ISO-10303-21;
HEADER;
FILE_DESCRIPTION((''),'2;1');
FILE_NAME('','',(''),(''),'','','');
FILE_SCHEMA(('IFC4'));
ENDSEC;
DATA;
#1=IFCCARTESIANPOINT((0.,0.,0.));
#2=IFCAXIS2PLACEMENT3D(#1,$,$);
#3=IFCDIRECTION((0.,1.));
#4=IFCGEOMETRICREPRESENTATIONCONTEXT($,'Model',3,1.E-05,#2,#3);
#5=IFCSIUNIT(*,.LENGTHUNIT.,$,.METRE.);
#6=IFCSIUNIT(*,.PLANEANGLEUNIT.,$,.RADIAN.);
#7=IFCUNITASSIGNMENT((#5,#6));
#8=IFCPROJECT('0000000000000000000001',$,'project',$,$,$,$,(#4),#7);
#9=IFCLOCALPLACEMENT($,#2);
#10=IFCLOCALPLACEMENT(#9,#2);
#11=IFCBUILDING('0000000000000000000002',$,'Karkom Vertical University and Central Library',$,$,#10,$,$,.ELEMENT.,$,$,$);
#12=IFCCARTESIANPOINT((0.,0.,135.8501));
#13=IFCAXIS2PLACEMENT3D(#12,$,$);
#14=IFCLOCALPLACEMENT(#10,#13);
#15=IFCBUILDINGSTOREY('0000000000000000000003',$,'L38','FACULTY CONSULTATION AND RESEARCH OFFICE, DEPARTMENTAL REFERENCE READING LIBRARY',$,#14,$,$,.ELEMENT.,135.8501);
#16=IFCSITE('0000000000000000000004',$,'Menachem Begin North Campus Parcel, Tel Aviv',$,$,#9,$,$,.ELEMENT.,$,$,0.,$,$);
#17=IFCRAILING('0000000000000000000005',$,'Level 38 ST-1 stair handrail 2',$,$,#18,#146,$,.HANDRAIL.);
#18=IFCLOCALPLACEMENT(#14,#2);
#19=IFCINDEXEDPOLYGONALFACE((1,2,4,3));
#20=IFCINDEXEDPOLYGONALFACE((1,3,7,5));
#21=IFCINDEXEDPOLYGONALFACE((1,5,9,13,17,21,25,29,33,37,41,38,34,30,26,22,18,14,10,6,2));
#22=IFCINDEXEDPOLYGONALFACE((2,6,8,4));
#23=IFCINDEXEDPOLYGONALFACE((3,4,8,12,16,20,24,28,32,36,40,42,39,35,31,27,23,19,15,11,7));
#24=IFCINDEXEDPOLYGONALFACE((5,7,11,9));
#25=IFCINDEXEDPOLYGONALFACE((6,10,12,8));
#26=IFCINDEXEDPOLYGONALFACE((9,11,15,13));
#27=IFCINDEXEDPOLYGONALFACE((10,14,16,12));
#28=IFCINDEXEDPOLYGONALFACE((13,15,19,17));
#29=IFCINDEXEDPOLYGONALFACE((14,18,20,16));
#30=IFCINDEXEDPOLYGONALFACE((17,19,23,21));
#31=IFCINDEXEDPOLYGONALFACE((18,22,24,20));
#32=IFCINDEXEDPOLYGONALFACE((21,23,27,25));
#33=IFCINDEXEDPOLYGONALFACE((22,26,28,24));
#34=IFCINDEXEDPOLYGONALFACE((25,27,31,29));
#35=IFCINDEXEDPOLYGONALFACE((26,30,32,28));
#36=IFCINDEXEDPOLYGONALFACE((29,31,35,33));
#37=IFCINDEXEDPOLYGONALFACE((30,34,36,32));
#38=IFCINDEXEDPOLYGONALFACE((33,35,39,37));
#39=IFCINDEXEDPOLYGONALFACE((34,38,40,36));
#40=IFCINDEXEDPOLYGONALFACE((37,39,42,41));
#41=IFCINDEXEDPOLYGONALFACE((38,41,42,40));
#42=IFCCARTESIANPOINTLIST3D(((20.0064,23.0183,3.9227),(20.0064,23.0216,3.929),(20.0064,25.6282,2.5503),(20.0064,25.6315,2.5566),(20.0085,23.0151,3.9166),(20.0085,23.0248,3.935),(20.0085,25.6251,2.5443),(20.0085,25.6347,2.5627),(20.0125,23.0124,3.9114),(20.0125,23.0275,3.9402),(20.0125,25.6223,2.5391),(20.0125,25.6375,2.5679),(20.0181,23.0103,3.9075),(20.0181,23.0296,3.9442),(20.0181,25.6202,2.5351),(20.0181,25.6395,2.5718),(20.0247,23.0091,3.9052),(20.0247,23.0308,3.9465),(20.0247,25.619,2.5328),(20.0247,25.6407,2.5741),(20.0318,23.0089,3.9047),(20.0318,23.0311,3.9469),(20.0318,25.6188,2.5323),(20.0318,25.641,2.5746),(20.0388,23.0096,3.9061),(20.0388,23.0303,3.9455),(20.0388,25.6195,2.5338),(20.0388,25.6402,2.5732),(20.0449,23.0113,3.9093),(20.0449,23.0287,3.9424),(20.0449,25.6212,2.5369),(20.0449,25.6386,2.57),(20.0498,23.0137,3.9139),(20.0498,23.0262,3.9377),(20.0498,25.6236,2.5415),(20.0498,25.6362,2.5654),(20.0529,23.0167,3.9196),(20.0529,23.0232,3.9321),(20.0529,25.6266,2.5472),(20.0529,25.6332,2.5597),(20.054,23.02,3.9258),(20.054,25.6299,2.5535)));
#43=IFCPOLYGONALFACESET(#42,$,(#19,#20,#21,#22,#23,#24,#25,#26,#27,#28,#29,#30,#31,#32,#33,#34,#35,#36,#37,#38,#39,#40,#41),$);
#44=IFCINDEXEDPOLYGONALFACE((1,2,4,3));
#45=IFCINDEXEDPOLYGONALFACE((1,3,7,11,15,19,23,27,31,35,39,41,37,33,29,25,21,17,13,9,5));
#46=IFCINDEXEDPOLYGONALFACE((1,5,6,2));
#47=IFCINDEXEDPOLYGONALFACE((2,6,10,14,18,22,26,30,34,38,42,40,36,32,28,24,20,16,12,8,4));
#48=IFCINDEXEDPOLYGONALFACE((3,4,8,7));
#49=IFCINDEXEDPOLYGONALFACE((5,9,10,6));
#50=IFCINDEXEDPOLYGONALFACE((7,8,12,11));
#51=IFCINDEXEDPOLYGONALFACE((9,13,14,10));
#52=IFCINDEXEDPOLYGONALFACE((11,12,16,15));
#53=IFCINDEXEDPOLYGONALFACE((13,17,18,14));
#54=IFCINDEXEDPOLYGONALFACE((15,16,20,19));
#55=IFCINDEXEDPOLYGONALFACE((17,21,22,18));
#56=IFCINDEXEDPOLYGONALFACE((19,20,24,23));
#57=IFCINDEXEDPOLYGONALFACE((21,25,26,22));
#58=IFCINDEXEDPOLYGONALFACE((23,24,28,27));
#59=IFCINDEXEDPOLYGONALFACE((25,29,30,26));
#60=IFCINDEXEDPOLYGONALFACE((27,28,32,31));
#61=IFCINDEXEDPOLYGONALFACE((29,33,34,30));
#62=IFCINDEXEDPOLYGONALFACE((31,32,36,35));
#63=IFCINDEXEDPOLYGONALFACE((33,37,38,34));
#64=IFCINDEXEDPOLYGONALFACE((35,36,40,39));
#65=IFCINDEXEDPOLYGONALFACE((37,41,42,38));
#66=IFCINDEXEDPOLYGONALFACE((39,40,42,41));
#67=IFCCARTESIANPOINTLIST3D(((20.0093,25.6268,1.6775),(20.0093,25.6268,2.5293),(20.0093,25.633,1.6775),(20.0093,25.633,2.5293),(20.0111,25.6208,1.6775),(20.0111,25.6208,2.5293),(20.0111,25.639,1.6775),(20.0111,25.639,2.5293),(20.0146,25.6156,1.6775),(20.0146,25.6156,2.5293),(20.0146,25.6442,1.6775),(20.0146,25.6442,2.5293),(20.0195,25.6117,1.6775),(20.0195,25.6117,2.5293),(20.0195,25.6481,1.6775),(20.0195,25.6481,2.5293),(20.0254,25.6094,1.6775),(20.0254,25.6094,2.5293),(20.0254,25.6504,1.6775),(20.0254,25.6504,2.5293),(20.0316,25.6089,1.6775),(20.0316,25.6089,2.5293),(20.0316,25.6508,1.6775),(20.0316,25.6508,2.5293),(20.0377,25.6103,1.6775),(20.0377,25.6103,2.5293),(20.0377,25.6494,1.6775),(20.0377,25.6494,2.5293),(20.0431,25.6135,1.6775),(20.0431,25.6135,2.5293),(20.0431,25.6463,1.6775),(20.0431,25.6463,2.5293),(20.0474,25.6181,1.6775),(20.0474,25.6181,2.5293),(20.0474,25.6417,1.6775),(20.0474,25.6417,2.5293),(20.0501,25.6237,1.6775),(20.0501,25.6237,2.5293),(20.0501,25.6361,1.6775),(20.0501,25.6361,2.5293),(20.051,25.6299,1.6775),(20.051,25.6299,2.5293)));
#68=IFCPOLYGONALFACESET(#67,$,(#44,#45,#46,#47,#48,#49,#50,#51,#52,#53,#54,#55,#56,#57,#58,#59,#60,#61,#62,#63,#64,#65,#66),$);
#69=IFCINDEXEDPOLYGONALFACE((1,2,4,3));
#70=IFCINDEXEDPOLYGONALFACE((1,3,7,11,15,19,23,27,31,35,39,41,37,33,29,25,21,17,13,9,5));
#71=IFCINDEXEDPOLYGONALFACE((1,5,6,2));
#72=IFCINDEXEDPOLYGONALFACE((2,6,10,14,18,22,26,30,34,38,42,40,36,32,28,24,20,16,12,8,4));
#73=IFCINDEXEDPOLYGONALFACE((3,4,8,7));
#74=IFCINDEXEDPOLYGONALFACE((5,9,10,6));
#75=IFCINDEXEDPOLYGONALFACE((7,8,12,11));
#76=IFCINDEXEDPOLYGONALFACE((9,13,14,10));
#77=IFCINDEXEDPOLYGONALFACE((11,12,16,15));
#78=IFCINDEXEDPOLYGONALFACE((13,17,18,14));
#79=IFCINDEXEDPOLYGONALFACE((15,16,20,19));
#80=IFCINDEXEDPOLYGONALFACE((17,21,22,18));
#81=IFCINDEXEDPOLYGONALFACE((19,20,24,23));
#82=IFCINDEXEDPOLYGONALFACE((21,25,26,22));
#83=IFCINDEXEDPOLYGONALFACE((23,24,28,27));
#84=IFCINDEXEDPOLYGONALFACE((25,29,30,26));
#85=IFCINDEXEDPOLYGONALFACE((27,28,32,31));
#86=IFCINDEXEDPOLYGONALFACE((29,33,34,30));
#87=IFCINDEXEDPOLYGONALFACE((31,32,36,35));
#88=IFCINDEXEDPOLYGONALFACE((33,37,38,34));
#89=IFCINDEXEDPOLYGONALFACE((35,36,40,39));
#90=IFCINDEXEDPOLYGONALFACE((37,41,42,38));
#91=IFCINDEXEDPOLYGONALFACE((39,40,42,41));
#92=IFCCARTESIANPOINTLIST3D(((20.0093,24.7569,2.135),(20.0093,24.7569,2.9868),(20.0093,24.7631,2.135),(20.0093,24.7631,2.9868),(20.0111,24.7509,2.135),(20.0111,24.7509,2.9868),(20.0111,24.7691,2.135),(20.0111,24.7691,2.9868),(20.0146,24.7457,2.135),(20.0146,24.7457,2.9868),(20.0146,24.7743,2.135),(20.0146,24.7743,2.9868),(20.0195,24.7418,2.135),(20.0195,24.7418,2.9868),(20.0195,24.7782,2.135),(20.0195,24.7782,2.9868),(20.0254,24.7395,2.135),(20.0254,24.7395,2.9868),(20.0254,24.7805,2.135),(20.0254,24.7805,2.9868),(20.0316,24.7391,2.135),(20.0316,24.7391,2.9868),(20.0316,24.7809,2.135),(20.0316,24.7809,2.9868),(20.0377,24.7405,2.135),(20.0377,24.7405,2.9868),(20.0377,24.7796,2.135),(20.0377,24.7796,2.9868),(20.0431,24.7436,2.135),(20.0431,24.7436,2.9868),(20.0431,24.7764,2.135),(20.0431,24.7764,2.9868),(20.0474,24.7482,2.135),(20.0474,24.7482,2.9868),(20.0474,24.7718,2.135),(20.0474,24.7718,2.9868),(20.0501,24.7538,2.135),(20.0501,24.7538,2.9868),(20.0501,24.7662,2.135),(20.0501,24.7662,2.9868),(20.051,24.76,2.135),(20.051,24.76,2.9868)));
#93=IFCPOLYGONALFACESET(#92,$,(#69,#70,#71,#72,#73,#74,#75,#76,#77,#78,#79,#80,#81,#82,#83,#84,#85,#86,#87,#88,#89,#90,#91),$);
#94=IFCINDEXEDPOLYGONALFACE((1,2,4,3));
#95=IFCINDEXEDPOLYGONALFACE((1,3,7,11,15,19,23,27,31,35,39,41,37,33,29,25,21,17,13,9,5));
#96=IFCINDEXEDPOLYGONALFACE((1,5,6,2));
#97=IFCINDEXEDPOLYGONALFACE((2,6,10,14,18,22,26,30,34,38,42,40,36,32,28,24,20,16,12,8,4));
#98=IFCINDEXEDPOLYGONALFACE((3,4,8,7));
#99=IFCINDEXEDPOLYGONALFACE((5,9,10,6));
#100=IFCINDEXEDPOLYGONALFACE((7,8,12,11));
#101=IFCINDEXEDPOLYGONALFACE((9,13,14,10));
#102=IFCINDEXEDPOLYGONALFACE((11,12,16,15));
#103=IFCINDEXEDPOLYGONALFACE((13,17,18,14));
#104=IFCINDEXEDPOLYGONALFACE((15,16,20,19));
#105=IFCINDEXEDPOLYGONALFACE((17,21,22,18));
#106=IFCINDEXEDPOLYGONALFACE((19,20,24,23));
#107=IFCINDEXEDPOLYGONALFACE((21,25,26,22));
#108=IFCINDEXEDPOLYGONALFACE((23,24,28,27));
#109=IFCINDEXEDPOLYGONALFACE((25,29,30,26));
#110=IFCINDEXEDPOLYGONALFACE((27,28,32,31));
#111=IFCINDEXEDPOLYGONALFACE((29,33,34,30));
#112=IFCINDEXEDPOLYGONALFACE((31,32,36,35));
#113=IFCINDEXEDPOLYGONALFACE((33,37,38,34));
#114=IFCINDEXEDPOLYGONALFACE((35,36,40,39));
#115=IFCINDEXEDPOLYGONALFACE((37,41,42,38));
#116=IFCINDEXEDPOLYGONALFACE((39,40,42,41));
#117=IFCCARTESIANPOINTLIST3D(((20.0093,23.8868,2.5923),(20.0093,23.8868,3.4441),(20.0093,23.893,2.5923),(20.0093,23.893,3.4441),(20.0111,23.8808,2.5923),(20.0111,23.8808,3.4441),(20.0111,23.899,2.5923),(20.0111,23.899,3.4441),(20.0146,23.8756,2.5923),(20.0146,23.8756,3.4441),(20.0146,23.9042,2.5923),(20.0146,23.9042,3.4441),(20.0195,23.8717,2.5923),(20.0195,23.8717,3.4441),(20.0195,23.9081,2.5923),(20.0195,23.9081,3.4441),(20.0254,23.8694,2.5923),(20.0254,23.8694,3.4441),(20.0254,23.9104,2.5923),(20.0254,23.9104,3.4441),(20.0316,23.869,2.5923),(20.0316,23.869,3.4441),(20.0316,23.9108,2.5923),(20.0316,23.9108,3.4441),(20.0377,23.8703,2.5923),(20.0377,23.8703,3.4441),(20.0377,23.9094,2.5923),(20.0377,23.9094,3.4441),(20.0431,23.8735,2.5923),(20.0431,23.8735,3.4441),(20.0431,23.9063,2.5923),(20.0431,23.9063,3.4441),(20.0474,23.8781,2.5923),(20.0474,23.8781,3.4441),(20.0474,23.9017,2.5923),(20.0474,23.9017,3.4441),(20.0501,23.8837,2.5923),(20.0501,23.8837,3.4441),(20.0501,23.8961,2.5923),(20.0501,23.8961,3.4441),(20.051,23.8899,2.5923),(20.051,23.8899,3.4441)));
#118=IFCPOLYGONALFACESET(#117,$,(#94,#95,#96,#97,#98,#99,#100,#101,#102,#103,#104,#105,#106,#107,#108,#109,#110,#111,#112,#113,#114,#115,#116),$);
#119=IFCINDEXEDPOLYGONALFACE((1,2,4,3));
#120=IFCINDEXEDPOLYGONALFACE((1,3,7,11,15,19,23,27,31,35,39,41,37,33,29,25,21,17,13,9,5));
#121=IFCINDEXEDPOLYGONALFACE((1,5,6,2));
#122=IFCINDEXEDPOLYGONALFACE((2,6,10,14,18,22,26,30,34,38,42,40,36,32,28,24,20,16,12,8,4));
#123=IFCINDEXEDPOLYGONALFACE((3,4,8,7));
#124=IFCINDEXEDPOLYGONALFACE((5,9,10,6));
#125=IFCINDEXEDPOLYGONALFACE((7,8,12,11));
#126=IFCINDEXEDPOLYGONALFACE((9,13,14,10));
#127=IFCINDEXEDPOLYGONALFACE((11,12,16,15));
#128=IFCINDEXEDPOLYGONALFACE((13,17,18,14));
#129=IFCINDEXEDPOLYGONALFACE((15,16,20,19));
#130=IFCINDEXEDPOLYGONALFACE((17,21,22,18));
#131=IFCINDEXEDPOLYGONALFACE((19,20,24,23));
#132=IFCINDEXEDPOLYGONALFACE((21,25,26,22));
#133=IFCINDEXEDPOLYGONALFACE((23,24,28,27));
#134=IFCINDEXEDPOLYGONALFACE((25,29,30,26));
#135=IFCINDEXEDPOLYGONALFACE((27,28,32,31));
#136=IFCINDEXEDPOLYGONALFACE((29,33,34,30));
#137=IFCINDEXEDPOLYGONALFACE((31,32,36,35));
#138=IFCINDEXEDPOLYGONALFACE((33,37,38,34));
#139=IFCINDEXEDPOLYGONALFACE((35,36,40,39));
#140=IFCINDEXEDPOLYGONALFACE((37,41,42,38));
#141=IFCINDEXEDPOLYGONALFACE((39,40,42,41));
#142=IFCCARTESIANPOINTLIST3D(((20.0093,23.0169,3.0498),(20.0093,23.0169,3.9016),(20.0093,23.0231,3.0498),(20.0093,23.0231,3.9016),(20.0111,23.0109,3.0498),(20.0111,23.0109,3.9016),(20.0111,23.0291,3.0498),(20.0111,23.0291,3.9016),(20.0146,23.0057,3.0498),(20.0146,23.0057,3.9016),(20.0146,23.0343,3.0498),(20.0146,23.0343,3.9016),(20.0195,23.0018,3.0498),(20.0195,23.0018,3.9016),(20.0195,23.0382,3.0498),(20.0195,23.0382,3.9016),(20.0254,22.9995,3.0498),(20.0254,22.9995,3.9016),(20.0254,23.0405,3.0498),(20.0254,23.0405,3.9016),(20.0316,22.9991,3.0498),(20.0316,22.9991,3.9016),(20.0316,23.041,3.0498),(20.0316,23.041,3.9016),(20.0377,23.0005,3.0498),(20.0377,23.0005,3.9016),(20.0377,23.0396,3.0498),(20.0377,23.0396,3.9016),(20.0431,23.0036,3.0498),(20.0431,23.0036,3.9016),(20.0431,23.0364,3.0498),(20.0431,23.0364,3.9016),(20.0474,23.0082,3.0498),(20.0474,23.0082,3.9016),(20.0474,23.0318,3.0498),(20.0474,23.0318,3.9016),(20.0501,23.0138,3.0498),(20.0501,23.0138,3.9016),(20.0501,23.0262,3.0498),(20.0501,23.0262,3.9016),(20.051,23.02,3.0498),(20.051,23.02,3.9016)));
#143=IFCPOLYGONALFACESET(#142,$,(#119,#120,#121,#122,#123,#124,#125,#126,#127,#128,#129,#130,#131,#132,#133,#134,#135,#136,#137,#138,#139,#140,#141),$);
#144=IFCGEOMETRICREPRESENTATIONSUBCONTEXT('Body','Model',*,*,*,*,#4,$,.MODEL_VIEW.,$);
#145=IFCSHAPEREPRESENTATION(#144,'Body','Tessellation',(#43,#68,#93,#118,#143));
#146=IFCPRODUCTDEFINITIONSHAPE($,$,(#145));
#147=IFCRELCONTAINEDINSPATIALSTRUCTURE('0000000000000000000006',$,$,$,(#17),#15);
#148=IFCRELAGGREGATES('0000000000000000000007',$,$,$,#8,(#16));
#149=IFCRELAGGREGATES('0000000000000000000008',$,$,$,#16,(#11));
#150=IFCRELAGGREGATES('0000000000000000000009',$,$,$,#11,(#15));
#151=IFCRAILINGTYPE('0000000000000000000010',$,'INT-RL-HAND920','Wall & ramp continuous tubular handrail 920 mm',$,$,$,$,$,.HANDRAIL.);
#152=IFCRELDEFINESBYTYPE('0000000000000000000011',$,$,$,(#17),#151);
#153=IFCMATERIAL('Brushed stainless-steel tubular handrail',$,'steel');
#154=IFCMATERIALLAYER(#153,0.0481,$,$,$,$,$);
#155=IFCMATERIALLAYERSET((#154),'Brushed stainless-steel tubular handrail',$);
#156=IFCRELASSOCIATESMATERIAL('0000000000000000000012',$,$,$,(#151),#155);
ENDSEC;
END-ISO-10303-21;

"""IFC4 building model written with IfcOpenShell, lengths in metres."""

from ifc_helpers import new_model, si_unit, direction, frame, origin, origin_2d, place, context, subcontext, project, spatial, circle, extrude, material, layer, layer_set, type_object, element, save


model = new_model("IFC4")

# Units and contexts
model_context = context("Model", 3, precision=1e-05, world=origin(), true_north=direction((0.0, 1.0)))
body_context = subcontext(model_context, "Body", "Model", "MODEL_VIEW")
ifc_project = project(units=[si_unit("LENGTHUNIT", "METRE"), si_unit("PLANEANGLEUNIT", "RADIAN")], contexts=[model_context])

# Site, building, storey
site_placement = place(None, origin())
site = spatial("IfcSite", under=ifc_project, at=site_placement, Name="Menachem Begin North Campus Parcel, Tel Aviv", CompositionType="ELEMENT", RefElevation=0.0)
building_placement = place(site_placement, origin())
building = spatial("IfcBuilding", under=site, at=building_placement, Name="Karkom Vertical University and Central Library", CompositionType="ELEMENT")
storey_placement = place(building_placement, frame((0.0, 0.0, 135.8501)))
storey = spatial("IfcBuildingStorey", under=building, at=storey_placement, Name="L38", Description="FACULTY CONSULTATION AND RESEARCH OFFICE, DEPARTMENTAL REFERENCE READING LIBRARY", CompositionType="ELEMENT", Elevation=135.8501)

# Railing
ifc_material_1 = material(Name="Brushed stainless-steel tubular handrail", Category="steel")
ifc_layer_1 = layer(ifc_material_1, 0.0481)
ifc_layer_set_1 = layer_set([ifc_layer_1], Name="Brushed stainless-steel tubular handrail")
railing_type_1 = type_object("IfcRailingType", Name="INT-RL-HAND920", Description="Wall & ramp continuous tubular handrail 920 mm", PredefinedType="HANDRAIL", material=ifc_layer_set_1)
railing_1_placement = place(storey_placement, frame((20.03, 25.6299, 1.6775)))
element("IfcRailing", 1, at=railing_1_placement, inside=storey, type_object=railing_type_1, Name="Level 38 ST-1 stair handrail 2", PredefinedType="HANDRAIL", context=body_context, shape_type="SweptSolid", body=[
    extrude(circle(Radius=0.0239, at=origin_2d()), frame((0.0, 0.0, 0.876), z_axis=(0.0, -0.8851, 0.465402), x_axis=(1.0, 0.0, 0.0)), (0.0, 0.0, 1.0), 2.9487),
    extrude(circle(Radius=0.021, at=origin_2d()), origin(), (0.0, 0.0, 1.0), 0.8518),
    extrude(circle(Radius=0.021, at=origin_2d()), frame((0.0, -0.8699, 0.4575)), (0.0, 0.0, 1.0), 0.8518),
    extrude(circle(Radius=0.021, at=origin_2d()), frame((0.0, -1.74, 0.9148)), (0.0, 0.0, 1.0), 0.8518),
    extrude(circle(Radius=0.021, at=origin_2d()), frame((0.0, -2.6099, 1.3723)), (0.0, 0.0, 1.0), 0.8518),
])

save(model, "model.ifc")
